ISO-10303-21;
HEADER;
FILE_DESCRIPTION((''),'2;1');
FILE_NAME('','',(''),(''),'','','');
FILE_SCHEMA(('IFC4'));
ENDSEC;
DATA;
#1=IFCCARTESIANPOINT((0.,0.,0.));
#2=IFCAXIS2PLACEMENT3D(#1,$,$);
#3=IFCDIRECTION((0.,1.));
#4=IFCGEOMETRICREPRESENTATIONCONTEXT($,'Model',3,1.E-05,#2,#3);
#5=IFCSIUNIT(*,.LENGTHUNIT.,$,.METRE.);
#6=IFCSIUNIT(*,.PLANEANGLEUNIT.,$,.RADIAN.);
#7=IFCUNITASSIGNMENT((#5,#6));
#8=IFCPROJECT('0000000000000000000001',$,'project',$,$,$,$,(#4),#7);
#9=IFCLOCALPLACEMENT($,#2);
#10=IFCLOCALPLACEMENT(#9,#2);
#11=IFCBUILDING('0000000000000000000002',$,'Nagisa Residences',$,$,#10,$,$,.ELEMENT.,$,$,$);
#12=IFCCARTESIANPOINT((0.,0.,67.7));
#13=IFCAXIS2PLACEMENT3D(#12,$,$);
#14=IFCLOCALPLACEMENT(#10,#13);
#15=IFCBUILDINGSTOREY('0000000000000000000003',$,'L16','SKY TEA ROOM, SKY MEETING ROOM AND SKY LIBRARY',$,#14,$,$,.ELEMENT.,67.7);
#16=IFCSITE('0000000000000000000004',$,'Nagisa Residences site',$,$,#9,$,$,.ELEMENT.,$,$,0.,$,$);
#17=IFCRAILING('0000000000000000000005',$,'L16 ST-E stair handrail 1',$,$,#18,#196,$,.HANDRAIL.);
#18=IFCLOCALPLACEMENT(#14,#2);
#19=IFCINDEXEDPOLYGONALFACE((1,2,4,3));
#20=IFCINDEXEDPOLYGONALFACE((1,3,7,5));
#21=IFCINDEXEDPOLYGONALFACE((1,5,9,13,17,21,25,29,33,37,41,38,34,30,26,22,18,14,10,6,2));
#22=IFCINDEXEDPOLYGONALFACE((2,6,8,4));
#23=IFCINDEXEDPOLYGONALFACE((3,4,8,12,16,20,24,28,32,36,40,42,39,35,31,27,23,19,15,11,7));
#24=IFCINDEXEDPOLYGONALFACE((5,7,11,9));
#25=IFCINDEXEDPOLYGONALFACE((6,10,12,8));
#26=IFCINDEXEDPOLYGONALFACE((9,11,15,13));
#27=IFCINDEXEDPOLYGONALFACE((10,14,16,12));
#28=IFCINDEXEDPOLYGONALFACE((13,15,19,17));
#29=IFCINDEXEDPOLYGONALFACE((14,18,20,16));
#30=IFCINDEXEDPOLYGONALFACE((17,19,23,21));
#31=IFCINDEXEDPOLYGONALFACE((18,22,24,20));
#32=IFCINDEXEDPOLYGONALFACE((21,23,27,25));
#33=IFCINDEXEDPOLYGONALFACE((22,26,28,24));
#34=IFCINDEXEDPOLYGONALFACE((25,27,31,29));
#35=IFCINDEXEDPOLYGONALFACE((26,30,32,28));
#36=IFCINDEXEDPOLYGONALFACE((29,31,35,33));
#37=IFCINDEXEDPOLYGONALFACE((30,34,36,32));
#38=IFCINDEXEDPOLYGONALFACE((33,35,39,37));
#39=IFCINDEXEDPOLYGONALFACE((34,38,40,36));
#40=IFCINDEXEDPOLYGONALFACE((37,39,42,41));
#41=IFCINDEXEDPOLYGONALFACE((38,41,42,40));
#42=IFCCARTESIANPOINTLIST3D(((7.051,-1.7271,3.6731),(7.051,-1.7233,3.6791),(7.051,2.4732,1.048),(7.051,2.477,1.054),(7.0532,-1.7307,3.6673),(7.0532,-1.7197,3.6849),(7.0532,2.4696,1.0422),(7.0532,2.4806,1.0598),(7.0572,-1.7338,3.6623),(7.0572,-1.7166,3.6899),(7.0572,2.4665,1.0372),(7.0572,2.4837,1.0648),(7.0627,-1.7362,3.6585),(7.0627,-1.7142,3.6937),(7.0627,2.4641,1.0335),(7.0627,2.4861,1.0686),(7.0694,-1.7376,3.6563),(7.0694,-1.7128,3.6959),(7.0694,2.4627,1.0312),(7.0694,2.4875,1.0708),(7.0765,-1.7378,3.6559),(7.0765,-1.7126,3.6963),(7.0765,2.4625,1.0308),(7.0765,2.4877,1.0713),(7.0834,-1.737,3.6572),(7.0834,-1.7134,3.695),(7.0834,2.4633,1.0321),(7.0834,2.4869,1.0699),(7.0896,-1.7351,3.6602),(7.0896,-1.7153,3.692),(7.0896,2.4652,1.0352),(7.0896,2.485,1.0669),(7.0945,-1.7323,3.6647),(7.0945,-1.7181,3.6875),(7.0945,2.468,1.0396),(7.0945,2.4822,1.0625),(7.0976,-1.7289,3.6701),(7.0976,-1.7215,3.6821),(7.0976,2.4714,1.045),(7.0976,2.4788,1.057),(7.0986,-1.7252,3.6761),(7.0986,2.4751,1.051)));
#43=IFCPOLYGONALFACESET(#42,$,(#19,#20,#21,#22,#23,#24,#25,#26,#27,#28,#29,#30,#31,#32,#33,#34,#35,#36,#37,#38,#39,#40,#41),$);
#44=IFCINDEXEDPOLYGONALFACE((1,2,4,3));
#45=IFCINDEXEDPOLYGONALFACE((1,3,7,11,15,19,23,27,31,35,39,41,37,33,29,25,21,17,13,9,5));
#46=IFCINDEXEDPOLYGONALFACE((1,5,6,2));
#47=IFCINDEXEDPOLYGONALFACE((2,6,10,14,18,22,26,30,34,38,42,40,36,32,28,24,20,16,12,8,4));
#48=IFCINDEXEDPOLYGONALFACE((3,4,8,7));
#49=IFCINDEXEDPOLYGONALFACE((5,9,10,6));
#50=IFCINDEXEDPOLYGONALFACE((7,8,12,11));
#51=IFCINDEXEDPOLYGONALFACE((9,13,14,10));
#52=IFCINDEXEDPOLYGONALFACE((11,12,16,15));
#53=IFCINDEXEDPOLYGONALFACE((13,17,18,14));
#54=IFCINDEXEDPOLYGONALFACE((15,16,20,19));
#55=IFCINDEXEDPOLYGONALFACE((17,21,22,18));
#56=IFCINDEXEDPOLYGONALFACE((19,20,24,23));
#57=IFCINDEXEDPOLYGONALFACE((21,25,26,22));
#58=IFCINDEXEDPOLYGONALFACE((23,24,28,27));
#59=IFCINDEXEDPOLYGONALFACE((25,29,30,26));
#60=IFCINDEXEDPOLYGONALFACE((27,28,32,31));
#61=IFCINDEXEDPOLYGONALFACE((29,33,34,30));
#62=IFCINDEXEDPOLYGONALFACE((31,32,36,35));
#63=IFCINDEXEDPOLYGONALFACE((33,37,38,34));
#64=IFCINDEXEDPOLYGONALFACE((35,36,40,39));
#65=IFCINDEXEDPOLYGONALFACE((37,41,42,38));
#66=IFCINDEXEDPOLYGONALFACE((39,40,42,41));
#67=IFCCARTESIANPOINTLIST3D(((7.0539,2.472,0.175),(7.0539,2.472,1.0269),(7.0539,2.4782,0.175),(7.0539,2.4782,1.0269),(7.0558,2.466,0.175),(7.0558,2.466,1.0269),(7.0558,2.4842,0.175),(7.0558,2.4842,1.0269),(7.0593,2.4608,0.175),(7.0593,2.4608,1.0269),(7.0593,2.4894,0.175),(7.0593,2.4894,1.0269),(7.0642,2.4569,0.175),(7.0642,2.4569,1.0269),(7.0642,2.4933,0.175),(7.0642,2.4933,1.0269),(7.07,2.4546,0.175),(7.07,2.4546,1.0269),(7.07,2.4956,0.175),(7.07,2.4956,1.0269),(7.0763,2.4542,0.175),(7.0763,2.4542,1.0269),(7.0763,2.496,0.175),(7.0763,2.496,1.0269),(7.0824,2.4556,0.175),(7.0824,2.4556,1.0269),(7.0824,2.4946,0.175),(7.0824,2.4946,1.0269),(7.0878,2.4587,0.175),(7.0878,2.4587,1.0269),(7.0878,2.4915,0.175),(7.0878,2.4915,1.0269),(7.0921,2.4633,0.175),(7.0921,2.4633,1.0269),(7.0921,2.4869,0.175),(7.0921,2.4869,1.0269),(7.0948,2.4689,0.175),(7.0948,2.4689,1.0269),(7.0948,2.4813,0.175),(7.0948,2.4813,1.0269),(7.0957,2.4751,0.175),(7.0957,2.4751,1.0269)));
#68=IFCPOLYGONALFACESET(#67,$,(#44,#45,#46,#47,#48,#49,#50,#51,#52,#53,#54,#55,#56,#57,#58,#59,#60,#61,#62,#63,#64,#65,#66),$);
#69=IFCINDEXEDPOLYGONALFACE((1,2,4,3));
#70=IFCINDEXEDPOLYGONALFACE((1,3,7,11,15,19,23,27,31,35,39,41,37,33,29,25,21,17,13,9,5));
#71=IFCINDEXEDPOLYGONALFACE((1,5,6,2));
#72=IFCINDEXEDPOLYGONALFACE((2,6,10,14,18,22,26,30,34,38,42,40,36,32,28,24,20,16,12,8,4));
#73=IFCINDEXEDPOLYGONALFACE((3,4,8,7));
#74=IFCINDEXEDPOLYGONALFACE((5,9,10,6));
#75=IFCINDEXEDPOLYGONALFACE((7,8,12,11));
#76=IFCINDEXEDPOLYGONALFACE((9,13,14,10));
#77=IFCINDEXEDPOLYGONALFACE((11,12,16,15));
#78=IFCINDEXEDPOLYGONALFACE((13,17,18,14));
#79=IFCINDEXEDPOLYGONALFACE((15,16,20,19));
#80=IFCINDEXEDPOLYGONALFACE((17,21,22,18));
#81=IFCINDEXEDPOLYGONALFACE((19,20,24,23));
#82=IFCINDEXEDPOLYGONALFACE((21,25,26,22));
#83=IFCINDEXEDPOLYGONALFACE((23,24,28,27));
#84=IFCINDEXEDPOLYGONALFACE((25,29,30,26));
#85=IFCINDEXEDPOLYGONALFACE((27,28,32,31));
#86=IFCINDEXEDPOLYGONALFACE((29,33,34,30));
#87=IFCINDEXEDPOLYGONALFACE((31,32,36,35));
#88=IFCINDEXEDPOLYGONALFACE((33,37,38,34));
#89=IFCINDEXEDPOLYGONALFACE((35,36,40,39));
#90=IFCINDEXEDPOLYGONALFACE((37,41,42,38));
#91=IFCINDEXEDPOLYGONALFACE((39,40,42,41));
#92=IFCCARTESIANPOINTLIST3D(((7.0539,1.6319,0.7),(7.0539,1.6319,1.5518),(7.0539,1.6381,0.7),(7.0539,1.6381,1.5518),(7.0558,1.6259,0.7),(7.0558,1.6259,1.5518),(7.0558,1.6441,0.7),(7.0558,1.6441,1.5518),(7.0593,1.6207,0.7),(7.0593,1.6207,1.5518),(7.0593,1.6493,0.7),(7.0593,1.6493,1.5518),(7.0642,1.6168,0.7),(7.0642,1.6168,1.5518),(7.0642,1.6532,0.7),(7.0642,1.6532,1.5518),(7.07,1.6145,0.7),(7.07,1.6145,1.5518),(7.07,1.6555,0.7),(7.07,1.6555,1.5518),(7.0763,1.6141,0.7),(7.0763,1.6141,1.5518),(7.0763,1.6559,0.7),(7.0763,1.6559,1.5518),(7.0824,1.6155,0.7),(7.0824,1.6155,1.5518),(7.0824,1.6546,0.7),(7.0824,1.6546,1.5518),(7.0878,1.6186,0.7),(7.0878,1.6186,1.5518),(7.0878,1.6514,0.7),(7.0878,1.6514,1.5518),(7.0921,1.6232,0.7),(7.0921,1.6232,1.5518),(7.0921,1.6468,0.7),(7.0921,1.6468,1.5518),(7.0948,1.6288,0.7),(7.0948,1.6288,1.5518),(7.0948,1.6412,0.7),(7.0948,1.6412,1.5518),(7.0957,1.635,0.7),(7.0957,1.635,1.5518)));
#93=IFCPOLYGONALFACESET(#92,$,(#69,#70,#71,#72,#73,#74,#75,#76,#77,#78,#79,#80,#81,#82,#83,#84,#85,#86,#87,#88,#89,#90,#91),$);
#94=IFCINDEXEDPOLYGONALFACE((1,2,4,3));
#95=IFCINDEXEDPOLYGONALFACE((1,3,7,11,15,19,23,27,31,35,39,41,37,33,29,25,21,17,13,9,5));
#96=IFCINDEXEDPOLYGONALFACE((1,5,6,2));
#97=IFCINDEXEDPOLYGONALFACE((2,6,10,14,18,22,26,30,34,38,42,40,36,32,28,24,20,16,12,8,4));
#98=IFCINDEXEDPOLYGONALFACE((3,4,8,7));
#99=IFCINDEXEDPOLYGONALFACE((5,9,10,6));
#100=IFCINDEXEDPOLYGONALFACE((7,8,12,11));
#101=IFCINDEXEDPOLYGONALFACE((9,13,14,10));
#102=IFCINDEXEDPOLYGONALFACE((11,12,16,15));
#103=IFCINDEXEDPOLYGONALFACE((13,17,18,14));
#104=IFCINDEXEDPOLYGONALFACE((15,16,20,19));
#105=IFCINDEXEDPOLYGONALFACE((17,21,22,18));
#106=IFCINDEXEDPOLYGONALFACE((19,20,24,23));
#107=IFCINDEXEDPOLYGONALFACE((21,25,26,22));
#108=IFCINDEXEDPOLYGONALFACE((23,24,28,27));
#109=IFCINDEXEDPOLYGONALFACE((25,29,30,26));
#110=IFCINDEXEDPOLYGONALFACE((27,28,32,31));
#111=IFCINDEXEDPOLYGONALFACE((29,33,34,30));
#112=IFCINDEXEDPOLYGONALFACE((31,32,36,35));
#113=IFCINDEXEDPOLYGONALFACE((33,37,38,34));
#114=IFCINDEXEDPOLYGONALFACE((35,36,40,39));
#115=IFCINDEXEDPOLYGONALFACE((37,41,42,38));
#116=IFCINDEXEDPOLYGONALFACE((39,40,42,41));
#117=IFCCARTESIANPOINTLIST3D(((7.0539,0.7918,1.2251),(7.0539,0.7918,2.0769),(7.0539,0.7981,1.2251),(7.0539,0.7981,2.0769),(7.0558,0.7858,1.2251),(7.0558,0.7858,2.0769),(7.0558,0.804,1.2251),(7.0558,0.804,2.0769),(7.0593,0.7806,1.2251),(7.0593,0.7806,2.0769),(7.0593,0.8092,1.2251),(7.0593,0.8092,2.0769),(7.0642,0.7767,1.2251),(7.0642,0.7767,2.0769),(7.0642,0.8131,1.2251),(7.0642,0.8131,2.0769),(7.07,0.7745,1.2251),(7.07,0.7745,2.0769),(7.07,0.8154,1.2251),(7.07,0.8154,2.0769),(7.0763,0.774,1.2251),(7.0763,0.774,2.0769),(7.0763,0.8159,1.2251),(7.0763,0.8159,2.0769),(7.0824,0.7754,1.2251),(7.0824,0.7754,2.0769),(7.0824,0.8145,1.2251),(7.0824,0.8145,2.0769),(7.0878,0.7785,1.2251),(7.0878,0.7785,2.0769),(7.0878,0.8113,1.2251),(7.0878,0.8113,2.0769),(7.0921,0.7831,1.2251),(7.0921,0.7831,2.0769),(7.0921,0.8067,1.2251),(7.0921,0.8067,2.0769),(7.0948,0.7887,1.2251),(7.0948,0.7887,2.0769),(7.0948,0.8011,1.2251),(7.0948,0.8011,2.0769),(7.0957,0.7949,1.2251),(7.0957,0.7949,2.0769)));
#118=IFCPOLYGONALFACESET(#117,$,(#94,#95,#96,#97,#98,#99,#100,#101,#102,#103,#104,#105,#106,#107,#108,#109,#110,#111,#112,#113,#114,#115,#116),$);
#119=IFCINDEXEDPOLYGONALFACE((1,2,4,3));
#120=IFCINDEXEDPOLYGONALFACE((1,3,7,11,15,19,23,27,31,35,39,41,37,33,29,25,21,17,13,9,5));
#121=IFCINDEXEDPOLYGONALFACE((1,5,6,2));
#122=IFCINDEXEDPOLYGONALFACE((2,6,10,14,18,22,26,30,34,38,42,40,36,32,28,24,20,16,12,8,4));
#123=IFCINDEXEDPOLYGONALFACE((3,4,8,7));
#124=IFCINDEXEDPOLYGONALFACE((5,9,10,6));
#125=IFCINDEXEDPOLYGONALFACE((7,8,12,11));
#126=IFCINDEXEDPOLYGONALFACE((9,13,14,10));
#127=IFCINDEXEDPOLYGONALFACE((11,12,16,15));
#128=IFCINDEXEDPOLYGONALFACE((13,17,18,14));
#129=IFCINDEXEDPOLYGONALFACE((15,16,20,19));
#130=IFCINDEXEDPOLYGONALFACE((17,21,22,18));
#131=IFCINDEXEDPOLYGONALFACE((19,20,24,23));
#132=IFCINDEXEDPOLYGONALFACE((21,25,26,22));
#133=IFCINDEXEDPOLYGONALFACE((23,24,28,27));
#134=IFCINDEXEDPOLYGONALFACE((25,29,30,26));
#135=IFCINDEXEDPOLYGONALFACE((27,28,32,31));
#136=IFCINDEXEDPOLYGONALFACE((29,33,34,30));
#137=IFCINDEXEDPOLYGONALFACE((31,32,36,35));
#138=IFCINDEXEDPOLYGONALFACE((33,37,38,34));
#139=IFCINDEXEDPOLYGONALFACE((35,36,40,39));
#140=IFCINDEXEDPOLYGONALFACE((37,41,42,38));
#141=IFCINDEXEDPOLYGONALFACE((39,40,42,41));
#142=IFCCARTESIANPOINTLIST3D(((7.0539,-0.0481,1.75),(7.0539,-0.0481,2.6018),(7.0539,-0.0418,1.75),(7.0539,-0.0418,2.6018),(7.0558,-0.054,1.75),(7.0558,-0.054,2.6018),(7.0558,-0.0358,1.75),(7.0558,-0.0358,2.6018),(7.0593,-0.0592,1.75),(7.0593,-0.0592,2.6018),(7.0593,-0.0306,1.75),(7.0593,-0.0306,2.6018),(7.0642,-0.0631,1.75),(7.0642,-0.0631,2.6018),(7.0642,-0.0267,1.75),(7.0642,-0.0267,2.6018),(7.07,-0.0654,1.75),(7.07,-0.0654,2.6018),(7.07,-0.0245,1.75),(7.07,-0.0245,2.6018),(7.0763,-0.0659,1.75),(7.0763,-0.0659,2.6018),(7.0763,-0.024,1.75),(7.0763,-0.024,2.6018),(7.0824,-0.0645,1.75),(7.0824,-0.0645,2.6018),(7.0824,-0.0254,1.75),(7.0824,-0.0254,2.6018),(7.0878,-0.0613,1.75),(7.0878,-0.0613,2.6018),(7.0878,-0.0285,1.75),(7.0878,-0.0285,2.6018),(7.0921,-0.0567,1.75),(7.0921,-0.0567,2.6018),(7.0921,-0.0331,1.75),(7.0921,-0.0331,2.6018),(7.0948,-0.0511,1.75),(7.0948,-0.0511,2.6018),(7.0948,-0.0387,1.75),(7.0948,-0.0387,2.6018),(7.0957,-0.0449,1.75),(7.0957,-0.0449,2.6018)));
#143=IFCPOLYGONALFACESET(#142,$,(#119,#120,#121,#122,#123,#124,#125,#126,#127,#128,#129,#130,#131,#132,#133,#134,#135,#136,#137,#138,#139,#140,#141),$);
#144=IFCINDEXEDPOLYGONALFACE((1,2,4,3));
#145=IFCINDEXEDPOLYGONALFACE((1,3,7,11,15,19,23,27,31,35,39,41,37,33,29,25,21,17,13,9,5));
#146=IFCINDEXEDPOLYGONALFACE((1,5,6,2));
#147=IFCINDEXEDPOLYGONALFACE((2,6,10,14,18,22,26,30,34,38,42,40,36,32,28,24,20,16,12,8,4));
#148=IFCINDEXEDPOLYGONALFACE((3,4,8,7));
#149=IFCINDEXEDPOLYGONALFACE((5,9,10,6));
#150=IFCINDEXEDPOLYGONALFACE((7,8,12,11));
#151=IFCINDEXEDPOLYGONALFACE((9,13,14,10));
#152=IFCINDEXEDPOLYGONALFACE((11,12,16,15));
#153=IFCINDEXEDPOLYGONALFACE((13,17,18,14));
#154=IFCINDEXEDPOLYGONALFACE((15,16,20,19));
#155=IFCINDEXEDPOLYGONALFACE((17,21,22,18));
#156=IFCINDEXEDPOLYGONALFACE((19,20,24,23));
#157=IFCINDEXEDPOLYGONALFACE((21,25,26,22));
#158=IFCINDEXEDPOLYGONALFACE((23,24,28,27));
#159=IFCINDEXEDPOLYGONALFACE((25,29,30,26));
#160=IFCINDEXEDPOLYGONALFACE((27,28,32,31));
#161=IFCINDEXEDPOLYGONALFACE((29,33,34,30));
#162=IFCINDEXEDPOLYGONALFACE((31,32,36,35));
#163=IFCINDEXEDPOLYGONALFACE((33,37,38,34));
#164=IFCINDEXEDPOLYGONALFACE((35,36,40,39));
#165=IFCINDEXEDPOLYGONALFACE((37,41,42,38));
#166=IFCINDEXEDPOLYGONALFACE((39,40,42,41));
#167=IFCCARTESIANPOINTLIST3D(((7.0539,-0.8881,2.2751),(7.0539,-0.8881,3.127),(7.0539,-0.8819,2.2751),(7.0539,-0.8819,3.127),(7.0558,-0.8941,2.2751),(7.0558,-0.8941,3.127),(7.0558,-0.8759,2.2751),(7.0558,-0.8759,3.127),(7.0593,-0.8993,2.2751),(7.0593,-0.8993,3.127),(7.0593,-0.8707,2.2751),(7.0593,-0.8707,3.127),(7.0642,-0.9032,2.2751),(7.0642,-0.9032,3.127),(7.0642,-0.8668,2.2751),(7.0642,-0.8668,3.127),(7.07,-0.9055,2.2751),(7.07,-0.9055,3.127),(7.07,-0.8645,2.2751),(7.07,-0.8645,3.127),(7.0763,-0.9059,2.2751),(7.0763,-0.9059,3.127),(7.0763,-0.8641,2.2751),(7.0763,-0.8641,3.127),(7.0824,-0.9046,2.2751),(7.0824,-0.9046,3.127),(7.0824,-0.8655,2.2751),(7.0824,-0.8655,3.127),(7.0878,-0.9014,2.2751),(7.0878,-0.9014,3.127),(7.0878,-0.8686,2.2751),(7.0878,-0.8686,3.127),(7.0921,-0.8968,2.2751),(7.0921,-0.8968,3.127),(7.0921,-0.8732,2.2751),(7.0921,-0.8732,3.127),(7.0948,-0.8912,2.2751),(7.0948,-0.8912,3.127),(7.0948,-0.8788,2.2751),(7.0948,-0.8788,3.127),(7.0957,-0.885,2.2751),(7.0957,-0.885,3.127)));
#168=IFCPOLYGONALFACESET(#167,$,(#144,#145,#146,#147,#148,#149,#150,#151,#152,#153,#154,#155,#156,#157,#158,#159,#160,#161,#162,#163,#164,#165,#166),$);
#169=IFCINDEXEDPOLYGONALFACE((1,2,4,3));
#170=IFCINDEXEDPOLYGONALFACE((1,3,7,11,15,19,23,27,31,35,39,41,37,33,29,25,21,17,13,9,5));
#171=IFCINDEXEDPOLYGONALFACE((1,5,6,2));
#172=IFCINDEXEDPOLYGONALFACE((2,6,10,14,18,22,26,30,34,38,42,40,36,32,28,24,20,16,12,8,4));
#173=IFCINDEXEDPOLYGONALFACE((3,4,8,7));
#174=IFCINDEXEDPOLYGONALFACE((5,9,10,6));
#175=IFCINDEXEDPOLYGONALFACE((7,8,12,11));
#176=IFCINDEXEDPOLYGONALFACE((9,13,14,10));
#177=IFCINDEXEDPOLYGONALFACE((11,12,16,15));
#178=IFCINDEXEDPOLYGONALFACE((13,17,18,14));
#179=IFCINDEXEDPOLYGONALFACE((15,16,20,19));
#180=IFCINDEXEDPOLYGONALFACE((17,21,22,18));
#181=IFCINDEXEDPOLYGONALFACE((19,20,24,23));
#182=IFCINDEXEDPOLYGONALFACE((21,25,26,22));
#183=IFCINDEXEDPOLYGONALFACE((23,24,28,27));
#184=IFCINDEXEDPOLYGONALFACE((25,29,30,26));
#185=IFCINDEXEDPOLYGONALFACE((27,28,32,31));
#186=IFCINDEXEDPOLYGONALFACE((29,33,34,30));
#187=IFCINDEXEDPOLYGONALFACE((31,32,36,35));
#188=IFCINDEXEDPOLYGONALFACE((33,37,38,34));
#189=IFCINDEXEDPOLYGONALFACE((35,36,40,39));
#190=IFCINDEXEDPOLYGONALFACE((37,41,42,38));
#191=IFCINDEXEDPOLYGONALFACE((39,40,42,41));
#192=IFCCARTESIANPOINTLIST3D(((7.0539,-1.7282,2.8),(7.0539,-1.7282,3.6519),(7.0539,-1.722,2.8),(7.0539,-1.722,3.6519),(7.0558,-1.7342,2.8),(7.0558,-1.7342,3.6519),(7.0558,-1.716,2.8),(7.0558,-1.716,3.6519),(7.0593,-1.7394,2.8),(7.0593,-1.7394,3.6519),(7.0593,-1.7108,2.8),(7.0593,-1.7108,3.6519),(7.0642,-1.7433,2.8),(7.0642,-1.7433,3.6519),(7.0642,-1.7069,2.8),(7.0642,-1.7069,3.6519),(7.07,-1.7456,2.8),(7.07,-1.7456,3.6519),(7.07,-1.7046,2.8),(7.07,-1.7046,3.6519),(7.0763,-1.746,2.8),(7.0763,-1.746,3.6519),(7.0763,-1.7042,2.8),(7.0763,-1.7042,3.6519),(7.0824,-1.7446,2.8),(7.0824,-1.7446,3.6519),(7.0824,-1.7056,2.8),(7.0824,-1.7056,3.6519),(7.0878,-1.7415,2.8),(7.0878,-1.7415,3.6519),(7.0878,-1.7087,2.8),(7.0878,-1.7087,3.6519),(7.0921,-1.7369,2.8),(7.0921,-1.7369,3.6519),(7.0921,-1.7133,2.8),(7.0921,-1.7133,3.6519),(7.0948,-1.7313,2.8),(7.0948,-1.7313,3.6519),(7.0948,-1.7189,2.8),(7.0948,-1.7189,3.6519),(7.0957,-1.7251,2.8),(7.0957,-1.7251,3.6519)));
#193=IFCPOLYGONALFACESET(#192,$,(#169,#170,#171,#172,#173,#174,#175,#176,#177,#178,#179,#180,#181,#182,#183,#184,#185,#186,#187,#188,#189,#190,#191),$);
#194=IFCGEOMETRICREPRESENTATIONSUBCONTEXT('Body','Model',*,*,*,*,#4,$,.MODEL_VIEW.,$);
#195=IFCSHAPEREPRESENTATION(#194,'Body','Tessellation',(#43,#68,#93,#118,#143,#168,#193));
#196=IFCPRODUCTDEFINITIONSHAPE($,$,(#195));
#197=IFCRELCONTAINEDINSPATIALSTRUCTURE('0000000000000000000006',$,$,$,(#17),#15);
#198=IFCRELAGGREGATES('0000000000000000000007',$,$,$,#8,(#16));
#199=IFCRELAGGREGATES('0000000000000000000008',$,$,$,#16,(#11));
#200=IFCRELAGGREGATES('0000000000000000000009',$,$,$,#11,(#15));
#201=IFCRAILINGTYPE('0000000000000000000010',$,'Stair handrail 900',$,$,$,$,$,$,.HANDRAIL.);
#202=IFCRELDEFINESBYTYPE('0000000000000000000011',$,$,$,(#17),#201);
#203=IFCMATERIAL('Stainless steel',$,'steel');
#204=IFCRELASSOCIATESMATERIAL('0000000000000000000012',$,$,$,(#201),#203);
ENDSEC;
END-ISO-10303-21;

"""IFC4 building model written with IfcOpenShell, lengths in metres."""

from ifc_helpers import new_model, si_unit, direction, frame, origin, origin_2d, place, context, subcontext, project, spatial, circle, extrude, material, type_object, element, save


model = new_model("IFC4")

# Units and contexts
model_context = context("Model", 3, precision=1e-05, world=origin(), true_north=direction((0.0, 1.0)))
body_context = subcontext(model_context, "Body", "Model", "MODEL_VIEW")
ifc_project = project(units=[si_unit("LENGTHUNIT", "METRE"), si_unit("PLANEANGLEUNIT", "RADIAN")], contexts=[model_context])

# Site, building, storey
site_placement = place(None, origin())
site = spatial("IfcSite", under=ifc_project, at=site_placement, Name="Nagisa Residences site", CompositionType="ELEMENT", RefElevation=0.0)
building_placement = place(site_placement, origin())
building = spatial("IfcBuilding", under=site, at=building_placement, Name="Nagisa Residences", CompositionType="ELEMENT")
storey_placement = place(building_placement, frame((0.0, 0.0, 67.7)))
storey = spatial("IfcBuildingStorey", under=building, at=storey_placement, Name="L16", Description="SKY TEA ROOM, SKY MEETING ROOM AND SKY LIBRARY", CompositionType="ELEMENT", Elevation=67.7)

# Railing
ifc_material_1 = material(Name="Stainless steel", Category="steel")
railing_type_1 = type_object("IfcRailingType", Name="Stair handrail 900", PredefinedType="HANDRAIL", material=ifc_material_1)
railing_1_placement = place(storey_placement, frame((7.0747, 2.4751, 0.175)))
element("IfcRailing", 1, at=railing_1_placement, inside=storey, type_object=railing_type_1, Name="L16 ST-E stair handrail 1", PredefinedType="HANDRAIL", context=body_context, shape_type="SweptSolid", body=[
    extrude(circle(Radius=0.0239, at=origin_2d()), frame((0.0, 0.0, 0.876), z_axis=(0.0, -0.848009, 0.529981), x_axis=(1.0, 0.0, 0.0)), (0.0, 0.0, 1.0), 4.9531),
    extrude(circle(Radius=0.021, at=origin_2d()), origin(), (0.0, 0.0, 1.0), 0.8518),
    extrude(circle(Radius=0.021, at=origin_2d()), frame((0.0, -0.8401, 0.5249)), (0.0, 0.0, 1.0), 0.8518),
    extrude(circle(Radius=0.021, at=origin_2d()), frame((0.0, -1.6802, 1.05)), (0.0, 0.0, 1.0), 0.8518),
    extrude(circle(Radius=0.021, at=origin_2d()), frame((0.0, -2.52, 1.575)), (0.0, 0.0, 1.0), 0.8518),
    extrude(circle(Radius=0.021, at=origin_2d()), frame((0.0, -3.3601, 2.1001)), (0.0, 0.0, 1.0), 0.8518),
    extrude(circle(Radius=0.021, at=origin_2d()), frame((0.0, -4.2002, 2.625)), (0.0, 0.0, 1.0), 0.8518),
])

save(model, "model.ifc")
